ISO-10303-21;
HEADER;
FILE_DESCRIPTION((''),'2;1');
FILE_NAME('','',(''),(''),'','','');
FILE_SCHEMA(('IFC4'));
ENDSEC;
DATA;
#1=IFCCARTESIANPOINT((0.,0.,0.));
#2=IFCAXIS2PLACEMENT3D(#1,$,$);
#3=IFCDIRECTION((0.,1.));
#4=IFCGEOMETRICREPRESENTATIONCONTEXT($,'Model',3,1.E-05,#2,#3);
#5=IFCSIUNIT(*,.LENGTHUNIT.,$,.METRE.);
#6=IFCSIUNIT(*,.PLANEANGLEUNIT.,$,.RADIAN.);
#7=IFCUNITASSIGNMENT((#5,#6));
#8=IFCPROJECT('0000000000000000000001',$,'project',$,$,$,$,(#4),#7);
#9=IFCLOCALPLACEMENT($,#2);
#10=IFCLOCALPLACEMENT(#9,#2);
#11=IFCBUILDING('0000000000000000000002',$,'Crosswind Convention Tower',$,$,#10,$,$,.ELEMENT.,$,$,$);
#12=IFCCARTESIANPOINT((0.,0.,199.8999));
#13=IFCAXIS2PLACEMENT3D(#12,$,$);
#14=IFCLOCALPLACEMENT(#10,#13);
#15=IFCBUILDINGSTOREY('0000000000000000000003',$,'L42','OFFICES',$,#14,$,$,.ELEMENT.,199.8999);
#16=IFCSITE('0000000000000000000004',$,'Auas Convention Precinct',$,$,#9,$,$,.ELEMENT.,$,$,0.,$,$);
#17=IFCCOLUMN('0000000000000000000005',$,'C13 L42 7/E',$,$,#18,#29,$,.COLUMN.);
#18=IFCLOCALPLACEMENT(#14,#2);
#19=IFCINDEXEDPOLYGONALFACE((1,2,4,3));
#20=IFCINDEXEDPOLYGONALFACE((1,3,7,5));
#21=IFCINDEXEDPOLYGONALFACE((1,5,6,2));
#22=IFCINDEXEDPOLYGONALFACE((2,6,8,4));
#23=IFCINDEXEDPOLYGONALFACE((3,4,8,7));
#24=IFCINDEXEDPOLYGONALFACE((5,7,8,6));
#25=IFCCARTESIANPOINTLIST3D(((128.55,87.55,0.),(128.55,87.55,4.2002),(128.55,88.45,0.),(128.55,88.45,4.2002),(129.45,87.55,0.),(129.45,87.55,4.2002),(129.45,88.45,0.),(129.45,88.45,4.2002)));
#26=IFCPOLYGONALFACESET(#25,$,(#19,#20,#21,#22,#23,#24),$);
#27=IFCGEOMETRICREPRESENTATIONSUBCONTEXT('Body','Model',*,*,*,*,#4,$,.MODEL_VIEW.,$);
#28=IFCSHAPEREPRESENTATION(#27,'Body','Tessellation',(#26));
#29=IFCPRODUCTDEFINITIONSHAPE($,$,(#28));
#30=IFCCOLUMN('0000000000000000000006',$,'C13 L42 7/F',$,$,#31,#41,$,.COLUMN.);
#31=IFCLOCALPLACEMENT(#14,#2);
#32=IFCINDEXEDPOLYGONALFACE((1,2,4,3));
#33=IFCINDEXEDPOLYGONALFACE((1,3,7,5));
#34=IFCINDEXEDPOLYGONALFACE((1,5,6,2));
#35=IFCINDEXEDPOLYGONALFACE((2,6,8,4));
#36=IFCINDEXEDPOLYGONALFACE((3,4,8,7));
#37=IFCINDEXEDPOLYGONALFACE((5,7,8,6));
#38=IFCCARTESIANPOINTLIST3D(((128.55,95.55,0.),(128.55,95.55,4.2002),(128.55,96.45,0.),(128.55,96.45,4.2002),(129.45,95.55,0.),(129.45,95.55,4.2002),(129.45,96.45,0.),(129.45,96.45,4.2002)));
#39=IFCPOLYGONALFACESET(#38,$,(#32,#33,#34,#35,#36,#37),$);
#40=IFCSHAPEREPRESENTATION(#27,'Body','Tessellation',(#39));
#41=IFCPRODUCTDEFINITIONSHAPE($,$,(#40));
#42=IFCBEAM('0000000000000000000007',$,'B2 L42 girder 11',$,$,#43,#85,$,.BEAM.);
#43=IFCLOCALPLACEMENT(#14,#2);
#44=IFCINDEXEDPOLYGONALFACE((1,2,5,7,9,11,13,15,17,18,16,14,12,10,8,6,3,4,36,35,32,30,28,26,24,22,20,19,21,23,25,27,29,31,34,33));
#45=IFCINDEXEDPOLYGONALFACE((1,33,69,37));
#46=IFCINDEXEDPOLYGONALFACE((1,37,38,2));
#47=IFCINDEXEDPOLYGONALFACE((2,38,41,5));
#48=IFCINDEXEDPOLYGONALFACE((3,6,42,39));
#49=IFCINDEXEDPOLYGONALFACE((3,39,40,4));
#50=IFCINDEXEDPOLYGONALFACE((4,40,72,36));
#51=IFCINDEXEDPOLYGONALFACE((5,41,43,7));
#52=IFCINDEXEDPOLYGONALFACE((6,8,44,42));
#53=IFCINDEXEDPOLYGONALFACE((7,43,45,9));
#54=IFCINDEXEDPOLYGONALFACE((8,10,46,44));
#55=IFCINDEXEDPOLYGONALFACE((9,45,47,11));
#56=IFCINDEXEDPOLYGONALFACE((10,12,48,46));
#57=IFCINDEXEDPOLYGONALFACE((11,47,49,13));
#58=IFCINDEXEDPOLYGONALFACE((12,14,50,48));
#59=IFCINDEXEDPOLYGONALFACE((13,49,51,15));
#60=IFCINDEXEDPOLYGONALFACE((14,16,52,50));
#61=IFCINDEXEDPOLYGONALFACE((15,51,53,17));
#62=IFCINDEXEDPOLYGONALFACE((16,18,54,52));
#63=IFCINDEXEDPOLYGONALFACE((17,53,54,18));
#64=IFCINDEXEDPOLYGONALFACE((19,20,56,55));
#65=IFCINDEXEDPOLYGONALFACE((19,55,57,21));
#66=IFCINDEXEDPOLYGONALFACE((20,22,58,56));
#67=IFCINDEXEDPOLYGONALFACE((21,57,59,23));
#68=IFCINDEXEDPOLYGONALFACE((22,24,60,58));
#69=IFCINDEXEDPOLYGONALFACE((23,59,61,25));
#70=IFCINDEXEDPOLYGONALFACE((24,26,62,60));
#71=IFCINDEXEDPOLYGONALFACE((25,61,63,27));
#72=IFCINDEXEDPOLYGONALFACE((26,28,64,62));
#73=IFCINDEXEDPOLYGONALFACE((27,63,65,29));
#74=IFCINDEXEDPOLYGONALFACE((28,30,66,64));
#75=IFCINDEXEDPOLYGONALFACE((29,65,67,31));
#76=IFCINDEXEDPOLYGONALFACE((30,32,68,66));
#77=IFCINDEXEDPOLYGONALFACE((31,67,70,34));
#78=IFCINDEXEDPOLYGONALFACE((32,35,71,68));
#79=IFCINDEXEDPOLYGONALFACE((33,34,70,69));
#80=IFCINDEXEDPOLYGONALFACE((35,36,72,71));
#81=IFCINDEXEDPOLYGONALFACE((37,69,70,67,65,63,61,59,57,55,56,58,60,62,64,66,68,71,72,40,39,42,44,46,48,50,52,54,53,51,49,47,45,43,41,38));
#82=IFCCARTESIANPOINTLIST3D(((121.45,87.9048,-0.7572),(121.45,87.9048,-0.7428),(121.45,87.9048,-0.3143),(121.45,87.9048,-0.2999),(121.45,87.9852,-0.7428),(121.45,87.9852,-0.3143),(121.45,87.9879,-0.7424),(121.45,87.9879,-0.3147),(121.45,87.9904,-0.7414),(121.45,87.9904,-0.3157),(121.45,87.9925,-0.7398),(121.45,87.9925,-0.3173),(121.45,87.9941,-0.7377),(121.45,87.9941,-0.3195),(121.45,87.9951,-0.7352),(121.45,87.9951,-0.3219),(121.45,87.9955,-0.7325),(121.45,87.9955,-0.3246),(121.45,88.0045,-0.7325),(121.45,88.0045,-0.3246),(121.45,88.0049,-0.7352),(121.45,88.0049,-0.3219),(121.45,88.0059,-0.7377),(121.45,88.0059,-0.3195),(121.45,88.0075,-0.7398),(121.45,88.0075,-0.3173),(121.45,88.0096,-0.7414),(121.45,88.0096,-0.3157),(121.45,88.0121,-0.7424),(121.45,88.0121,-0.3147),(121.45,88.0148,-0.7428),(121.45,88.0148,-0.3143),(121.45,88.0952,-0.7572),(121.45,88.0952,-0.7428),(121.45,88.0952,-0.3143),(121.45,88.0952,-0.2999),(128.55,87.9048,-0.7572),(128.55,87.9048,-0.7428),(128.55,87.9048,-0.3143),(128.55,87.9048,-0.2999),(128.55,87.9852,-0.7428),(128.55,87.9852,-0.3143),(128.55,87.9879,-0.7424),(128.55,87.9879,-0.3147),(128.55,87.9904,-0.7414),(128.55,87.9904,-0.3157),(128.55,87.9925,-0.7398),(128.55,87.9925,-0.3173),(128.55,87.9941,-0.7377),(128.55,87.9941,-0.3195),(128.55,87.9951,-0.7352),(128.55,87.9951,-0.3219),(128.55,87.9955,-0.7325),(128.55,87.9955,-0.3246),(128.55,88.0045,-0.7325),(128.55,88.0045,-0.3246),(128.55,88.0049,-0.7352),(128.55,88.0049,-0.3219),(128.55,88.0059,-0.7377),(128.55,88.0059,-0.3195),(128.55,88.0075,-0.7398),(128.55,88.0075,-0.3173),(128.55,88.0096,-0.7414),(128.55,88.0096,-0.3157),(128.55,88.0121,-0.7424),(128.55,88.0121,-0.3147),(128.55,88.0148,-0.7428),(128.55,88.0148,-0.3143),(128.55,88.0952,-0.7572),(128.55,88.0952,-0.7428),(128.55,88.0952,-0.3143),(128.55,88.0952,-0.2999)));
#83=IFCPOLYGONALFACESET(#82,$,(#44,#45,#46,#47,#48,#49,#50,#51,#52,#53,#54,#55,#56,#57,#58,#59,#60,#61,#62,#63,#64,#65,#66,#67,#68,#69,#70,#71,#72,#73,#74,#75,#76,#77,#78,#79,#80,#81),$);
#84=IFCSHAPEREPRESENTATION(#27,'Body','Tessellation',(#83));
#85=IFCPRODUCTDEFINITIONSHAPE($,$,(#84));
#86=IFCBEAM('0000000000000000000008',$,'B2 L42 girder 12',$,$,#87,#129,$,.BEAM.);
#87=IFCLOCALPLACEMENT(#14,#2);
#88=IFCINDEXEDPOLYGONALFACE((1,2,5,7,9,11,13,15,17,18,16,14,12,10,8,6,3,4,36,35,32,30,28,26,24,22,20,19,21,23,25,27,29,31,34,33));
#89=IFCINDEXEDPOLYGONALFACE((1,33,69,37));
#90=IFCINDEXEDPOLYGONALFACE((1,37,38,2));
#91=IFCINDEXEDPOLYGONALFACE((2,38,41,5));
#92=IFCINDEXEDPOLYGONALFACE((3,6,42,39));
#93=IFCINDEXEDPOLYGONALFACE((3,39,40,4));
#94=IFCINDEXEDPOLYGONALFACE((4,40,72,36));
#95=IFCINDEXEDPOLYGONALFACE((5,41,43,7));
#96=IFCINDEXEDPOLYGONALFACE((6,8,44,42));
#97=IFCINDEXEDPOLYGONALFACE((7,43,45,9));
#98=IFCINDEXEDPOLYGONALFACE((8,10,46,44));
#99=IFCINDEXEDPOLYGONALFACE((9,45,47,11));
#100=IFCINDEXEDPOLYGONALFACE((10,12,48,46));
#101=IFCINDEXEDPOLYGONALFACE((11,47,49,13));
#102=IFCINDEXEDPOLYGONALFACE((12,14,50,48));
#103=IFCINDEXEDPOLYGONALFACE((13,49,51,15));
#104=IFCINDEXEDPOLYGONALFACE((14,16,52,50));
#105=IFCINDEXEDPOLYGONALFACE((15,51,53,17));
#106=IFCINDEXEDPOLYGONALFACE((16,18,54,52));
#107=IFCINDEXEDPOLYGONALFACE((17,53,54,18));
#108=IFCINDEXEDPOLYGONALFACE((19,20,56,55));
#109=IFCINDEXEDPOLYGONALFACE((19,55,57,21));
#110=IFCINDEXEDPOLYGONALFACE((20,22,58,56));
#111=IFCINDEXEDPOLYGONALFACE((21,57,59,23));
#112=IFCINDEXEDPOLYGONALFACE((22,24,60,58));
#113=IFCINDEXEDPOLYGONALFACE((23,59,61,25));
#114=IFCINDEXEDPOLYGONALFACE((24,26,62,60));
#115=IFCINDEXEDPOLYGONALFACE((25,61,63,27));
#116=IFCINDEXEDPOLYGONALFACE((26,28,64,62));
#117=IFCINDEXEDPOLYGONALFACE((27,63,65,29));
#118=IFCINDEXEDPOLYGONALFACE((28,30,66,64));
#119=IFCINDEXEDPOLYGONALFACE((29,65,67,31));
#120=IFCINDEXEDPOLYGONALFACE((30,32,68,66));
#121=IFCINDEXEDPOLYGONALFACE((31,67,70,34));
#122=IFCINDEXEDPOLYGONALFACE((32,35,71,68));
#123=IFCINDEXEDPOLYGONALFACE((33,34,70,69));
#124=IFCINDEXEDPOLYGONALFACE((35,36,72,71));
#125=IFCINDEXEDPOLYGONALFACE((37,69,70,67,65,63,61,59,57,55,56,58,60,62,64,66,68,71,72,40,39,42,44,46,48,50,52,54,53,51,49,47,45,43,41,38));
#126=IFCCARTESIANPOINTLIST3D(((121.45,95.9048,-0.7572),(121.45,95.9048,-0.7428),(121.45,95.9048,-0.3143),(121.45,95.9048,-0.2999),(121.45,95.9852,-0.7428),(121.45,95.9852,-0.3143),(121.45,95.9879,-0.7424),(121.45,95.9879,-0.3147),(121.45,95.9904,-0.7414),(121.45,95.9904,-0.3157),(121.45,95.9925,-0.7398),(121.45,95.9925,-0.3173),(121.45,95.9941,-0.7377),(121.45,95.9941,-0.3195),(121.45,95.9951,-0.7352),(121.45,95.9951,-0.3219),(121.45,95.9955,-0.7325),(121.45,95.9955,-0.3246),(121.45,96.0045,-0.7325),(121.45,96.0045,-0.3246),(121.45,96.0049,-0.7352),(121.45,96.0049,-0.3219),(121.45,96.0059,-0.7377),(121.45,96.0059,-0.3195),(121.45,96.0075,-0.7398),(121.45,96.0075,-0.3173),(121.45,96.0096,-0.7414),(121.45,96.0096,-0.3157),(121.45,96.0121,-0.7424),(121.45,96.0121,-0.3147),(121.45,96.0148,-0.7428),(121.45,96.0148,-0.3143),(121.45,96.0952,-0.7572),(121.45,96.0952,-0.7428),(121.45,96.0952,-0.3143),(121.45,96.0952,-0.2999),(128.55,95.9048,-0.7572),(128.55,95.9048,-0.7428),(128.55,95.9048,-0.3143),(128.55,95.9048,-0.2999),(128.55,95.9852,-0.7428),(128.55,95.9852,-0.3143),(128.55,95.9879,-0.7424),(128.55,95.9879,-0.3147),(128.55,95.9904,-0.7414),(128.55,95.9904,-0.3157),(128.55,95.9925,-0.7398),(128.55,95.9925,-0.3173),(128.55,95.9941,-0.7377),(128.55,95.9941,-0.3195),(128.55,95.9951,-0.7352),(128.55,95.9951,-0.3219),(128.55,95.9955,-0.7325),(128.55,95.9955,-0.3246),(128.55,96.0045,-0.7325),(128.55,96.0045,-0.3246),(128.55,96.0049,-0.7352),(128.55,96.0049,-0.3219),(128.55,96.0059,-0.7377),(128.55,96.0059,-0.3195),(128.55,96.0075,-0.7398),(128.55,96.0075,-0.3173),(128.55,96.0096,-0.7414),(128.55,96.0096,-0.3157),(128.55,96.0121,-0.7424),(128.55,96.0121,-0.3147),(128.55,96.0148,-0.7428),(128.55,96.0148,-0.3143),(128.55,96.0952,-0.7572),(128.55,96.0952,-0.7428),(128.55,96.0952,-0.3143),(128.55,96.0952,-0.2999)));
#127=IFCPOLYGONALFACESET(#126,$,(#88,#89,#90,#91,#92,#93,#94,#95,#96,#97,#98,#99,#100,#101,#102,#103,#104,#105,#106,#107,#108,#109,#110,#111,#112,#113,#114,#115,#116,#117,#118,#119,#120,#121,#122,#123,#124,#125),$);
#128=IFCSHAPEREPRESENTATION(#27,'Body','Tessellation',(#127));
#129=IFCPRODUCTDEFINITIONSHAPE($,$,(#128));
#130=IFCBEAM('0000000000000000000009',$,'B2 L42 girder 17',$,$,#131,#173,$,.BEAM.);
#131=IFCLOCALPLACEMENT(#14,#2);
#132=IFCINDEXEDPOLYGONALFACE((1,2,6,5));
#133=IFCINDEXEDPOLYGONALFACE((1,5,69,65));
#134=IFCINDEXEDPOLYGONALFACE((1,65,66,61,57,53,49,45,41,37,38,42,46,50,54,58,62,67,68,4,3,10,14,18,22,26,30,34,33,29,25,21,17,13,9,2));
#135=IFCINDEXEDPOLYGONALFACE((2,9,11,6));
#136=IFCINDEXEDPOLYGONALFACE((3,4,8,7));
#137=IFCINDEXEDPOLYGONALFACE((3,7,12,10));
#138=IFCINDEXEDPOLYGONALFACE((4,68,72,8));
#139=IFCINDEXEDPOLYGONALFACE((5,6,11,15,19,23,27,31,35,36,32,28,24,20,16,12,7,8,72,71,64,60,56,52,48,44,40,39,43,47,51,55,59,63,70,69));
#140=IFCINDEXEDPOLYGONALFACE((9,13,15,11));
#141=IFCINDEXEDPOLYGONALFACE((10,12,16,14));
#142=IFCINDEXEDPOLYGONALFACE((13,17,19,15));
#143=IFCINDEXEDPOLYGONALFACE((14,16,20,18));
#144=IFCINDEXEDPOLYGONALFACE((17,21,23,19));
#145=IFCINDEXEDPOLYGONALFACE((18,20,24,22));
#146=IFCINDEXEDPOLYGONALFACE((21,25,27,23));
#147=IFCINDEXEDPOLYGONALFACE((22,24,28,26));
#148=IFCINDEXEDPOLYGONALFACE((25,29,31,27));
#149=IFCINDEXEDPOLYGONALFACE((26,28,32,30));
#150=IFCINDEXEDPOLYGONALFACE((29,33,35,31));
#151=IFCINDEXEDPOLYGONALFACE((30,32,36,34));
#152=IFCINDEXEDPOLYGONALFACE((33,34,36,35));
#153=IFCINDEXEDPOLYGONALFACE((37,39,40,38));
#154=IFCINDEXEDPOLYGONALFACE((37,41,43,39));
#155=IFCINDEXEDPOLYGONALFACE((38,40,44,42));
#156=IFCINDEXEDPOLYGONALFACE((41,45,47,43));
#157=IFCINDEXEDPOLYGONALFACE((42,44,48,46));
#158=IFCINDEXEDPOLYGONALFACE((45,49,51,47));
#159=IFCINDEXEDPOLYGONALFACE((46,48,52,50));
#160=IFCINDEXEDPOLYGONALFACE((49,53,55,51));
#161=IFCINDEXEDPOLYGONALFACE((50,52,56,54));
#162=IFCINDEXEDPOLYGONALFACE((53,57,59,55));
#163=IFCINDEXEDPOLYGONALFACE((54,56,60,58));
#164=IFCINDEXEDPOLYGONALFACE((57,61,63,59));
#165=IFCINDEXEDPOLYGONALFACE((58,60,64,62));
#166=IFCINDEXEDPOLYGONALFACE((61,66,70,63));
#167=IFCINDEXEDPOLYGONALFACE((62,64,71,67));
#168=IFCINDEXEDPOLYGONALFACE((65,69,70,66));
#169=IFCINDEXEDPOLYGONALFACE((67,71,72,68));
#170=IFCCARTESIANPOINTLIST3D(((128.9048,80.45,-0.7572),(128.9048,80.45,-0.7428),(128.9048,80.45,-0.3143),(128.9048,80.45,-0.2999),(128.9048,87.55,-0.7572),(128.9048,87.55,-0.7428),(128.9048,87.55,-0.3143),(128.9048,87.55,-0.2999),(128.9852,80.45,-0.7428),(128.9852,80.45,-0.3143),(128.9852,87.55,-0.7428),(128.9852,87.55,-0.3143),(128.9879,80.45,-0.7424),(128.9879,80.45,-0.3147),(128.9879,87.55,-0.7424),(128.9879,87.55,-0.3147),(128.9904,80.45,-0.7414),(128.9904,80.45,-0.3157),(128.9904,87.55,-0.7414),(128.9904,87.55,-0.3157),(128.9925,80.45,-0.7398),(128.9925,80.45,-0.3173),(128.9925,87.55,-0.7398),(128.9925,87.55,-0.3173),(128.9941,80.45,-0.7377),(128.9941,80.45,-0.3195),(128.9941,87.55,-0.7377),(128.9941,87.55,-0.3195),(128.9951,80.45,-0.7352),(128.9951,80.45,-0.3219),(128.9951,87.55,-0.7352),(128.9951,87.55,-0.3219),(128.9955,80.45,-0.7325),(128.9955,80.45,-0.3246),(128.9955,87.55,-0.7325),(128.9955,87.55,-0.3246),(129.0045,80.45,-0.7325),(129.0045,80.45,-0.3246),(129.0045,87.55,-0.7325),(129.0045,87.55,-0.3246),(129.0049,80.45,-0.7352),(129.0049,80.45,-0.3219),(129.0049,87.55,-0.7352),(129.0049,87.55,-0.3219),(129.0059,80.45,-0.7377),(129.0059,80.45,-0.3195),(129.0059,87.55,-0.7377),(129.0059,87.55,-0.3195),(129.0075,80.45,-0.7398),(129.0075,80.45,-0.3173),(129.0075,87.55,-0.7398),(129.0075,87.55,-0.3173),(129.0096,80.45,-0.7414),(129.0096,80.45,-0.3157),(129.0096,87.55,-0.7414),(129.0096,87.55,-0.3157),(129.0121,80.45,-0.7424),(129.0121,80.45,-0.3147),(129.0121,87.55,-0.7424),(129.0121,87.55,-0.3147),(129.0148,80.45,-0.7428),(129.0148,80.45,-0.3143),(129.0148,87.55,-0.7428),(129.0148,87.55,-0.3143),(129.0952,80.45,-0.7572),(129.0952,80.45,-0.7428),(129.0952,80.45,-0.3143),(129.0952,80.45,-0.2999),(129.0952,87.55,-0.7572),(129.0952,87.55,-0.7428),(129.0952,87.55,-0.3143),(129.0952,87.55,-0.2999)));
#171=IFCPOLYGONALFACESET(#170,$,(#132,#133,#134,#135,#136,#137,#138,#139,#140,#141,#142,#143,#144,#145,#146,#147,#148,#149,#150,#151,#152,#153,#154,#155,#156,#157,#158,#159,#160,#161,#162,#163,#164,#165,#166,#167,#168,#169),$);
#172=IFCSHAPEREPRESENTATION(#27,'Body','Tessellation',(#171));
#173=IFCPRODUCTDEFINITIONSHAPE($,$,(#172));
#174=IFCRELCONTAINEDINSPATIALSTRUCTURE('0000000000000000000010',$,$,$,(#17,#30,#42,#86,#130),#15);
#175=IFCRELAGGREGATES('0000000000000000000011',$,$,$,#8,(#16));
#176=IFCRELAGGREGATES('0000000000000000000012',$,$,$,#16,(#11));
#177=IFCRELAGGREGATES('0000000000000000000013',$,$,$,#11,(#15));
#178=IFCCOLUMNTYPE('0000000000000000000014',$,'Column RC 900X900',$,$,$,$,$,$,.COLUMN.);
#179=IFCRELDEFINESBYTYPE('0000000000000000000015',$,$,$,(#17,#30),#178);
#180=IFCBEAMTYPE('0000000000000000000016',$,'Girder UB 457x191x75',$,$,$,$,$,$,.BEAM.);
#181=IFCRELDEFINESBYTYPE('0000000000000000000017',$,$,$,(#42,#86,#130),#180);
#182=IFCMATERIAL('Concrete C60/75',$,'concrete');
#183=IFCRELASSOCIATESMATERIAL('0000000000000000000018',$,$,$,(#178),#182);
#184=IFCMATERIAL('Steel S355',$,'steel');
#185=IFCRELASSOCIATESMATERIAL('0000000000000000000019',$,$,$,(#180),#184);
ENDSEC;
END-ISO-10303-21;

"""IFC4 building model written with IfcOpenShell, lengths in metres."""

from ifc_helpers import new_model, si_unit, direction, frame, origin, origin_2d, place, context, subcontext, project, spatial, rectangle, i_section, extrude, material, material_profile, profile_set, type_object, element, save


model = new_model("IFC4")

# Units and contexts
model_context = context("Model", 3, precision=1e-05, world=origin(), true_north=direction((0.0, 1.0)))
body_context = subcontext(model_context, "Body", "Model", "MODEL_VIEW")
ifc_project = project(units=[si_unit("LENGTHUNIT", "METRE"), si_unit("PLANEANGLEUNIT", "RADIAN")], contexts=[model_context])

# Site, building, storey
site_placement = place(None, origin())
site = spatial("IfcSite", under=ifc_project, at=site_placement, Name="Auas Convention Precinct", CompositionType="ELEMENT", RefElevation=0.0)
building_placement = place(site_placement, origin())
building = spatial("IfcBuilding", under=site, at=building_placement, Name="Crosswind Convention Tower", CompositionType="ELEMENT")
storey_placement = place(building_placement, frame((0.0, 0.0, 199.8999)))
storey = spatial("IfcBuildingStorey", under=building, at=storey_placement, Name="L42", Description="OFFICES", CompositionType="ELEMENT", Elevation=199.8999)

# Columns
ifc_material_1 = material(Name="Concrete C60/75", Category="concrete")
ifc_material_profile_1 = material_profile(ifc_material_1, rectangle(XDim=0.8999, YDim=0.8999, at=origin_2d()), Name="RC 900X900")
ifc_profile_set_1 = profile_set([ifc_material_profile_1], Name="Concrete C60/75")
column_type = type_object("IfcColumnType", Name="Column RC 900X900", PredefinedType="COLUMN", material=ifc_profile_set_1)
for number, where, z_axis, x_axis, name in (
    (1, (129.0, 88.0, 0.0), (0.0, 0.0, 1.0), (1.0, 0.0, 0.0), "C13 L42 7/E"),
    (2, (129.0, 96.0, 0.0), (0.0, 0.0, 1.0), (1.0, 0.0, 0.0), "C13 L42 7/F"),
):
    element("IfcColumn", number, at=place(storey_placement, frame(where, z_axis=z_axis, x_axis=x_axis)), inside=storey, type_object=column_type, Name=name, PredefinedType="COLUMN", context=body_context, shape_type="SweptSolid", body=[
        extrude(rectangle(XDim=0.8999, YDim=0.8999, at=origin_2d()), origin(), (0.0, 0.0, 1.0), 4.2002),
    ])

# Beams
ifc_material_2 = material(Name="Steel S355", Category="steel")
ifc_material_profile_2 = material_profile(ifc_material_2, i_section(OverallWidth=0.1904, OverallDepth=0.4573, WebThickness=0.009, FlangeThickness=0.0144, FilletRadius=0.0103, at=origin_2d()), Name="UB 457x191x75")
ifc_profile_set_2 = profile_set([ifc_material_profile_2], Name="Steel S355")
beam_type_1 = type_object("IfcBeamType", Name="Girder UB 457x191x75", PredefinedType="BEAM", material=ifc_profile_set_2)
for number, where, z_axis, x_axis, name in (
    (3, (121.45, 88.0, -0.5286), (1.0, 0.0, 0.0), (0.0, 1.0, 0.0), "B2 L42 girder 11"),
    (4, (121.45, 96.0, -0.5286), (1.0, 0.0, 0.0), (0.0, 1.0, 0.0), "B2 L42 girder 12"),
    (5, (129.0, 80.45, -0.5286), (0.0, 1.0, 0.0), (-1.0, 0.0, 0.0), "B2 L42 girder 17"),
):
    element("IfcBeam", number, at=place(storey_placement, frame(where, z_axis=z_axis, x_axis=x_axis)), inside=storey, type_object=beam_type_1, Name=name, PredefinedType="BEAM", context=body_context, shape_type="SweptSolid", body=[
        extrude(i_section(OverallWidth=0.1904, OverallDepth=0.4573, WebThickness=0.009, FlangeThickness=0.0144, FilletRadius=0.0103, at=origin_2d()), origin(), (0.0, 0.0, 1.0), 7.1001),
    ])

save(model, "model.ifc")
